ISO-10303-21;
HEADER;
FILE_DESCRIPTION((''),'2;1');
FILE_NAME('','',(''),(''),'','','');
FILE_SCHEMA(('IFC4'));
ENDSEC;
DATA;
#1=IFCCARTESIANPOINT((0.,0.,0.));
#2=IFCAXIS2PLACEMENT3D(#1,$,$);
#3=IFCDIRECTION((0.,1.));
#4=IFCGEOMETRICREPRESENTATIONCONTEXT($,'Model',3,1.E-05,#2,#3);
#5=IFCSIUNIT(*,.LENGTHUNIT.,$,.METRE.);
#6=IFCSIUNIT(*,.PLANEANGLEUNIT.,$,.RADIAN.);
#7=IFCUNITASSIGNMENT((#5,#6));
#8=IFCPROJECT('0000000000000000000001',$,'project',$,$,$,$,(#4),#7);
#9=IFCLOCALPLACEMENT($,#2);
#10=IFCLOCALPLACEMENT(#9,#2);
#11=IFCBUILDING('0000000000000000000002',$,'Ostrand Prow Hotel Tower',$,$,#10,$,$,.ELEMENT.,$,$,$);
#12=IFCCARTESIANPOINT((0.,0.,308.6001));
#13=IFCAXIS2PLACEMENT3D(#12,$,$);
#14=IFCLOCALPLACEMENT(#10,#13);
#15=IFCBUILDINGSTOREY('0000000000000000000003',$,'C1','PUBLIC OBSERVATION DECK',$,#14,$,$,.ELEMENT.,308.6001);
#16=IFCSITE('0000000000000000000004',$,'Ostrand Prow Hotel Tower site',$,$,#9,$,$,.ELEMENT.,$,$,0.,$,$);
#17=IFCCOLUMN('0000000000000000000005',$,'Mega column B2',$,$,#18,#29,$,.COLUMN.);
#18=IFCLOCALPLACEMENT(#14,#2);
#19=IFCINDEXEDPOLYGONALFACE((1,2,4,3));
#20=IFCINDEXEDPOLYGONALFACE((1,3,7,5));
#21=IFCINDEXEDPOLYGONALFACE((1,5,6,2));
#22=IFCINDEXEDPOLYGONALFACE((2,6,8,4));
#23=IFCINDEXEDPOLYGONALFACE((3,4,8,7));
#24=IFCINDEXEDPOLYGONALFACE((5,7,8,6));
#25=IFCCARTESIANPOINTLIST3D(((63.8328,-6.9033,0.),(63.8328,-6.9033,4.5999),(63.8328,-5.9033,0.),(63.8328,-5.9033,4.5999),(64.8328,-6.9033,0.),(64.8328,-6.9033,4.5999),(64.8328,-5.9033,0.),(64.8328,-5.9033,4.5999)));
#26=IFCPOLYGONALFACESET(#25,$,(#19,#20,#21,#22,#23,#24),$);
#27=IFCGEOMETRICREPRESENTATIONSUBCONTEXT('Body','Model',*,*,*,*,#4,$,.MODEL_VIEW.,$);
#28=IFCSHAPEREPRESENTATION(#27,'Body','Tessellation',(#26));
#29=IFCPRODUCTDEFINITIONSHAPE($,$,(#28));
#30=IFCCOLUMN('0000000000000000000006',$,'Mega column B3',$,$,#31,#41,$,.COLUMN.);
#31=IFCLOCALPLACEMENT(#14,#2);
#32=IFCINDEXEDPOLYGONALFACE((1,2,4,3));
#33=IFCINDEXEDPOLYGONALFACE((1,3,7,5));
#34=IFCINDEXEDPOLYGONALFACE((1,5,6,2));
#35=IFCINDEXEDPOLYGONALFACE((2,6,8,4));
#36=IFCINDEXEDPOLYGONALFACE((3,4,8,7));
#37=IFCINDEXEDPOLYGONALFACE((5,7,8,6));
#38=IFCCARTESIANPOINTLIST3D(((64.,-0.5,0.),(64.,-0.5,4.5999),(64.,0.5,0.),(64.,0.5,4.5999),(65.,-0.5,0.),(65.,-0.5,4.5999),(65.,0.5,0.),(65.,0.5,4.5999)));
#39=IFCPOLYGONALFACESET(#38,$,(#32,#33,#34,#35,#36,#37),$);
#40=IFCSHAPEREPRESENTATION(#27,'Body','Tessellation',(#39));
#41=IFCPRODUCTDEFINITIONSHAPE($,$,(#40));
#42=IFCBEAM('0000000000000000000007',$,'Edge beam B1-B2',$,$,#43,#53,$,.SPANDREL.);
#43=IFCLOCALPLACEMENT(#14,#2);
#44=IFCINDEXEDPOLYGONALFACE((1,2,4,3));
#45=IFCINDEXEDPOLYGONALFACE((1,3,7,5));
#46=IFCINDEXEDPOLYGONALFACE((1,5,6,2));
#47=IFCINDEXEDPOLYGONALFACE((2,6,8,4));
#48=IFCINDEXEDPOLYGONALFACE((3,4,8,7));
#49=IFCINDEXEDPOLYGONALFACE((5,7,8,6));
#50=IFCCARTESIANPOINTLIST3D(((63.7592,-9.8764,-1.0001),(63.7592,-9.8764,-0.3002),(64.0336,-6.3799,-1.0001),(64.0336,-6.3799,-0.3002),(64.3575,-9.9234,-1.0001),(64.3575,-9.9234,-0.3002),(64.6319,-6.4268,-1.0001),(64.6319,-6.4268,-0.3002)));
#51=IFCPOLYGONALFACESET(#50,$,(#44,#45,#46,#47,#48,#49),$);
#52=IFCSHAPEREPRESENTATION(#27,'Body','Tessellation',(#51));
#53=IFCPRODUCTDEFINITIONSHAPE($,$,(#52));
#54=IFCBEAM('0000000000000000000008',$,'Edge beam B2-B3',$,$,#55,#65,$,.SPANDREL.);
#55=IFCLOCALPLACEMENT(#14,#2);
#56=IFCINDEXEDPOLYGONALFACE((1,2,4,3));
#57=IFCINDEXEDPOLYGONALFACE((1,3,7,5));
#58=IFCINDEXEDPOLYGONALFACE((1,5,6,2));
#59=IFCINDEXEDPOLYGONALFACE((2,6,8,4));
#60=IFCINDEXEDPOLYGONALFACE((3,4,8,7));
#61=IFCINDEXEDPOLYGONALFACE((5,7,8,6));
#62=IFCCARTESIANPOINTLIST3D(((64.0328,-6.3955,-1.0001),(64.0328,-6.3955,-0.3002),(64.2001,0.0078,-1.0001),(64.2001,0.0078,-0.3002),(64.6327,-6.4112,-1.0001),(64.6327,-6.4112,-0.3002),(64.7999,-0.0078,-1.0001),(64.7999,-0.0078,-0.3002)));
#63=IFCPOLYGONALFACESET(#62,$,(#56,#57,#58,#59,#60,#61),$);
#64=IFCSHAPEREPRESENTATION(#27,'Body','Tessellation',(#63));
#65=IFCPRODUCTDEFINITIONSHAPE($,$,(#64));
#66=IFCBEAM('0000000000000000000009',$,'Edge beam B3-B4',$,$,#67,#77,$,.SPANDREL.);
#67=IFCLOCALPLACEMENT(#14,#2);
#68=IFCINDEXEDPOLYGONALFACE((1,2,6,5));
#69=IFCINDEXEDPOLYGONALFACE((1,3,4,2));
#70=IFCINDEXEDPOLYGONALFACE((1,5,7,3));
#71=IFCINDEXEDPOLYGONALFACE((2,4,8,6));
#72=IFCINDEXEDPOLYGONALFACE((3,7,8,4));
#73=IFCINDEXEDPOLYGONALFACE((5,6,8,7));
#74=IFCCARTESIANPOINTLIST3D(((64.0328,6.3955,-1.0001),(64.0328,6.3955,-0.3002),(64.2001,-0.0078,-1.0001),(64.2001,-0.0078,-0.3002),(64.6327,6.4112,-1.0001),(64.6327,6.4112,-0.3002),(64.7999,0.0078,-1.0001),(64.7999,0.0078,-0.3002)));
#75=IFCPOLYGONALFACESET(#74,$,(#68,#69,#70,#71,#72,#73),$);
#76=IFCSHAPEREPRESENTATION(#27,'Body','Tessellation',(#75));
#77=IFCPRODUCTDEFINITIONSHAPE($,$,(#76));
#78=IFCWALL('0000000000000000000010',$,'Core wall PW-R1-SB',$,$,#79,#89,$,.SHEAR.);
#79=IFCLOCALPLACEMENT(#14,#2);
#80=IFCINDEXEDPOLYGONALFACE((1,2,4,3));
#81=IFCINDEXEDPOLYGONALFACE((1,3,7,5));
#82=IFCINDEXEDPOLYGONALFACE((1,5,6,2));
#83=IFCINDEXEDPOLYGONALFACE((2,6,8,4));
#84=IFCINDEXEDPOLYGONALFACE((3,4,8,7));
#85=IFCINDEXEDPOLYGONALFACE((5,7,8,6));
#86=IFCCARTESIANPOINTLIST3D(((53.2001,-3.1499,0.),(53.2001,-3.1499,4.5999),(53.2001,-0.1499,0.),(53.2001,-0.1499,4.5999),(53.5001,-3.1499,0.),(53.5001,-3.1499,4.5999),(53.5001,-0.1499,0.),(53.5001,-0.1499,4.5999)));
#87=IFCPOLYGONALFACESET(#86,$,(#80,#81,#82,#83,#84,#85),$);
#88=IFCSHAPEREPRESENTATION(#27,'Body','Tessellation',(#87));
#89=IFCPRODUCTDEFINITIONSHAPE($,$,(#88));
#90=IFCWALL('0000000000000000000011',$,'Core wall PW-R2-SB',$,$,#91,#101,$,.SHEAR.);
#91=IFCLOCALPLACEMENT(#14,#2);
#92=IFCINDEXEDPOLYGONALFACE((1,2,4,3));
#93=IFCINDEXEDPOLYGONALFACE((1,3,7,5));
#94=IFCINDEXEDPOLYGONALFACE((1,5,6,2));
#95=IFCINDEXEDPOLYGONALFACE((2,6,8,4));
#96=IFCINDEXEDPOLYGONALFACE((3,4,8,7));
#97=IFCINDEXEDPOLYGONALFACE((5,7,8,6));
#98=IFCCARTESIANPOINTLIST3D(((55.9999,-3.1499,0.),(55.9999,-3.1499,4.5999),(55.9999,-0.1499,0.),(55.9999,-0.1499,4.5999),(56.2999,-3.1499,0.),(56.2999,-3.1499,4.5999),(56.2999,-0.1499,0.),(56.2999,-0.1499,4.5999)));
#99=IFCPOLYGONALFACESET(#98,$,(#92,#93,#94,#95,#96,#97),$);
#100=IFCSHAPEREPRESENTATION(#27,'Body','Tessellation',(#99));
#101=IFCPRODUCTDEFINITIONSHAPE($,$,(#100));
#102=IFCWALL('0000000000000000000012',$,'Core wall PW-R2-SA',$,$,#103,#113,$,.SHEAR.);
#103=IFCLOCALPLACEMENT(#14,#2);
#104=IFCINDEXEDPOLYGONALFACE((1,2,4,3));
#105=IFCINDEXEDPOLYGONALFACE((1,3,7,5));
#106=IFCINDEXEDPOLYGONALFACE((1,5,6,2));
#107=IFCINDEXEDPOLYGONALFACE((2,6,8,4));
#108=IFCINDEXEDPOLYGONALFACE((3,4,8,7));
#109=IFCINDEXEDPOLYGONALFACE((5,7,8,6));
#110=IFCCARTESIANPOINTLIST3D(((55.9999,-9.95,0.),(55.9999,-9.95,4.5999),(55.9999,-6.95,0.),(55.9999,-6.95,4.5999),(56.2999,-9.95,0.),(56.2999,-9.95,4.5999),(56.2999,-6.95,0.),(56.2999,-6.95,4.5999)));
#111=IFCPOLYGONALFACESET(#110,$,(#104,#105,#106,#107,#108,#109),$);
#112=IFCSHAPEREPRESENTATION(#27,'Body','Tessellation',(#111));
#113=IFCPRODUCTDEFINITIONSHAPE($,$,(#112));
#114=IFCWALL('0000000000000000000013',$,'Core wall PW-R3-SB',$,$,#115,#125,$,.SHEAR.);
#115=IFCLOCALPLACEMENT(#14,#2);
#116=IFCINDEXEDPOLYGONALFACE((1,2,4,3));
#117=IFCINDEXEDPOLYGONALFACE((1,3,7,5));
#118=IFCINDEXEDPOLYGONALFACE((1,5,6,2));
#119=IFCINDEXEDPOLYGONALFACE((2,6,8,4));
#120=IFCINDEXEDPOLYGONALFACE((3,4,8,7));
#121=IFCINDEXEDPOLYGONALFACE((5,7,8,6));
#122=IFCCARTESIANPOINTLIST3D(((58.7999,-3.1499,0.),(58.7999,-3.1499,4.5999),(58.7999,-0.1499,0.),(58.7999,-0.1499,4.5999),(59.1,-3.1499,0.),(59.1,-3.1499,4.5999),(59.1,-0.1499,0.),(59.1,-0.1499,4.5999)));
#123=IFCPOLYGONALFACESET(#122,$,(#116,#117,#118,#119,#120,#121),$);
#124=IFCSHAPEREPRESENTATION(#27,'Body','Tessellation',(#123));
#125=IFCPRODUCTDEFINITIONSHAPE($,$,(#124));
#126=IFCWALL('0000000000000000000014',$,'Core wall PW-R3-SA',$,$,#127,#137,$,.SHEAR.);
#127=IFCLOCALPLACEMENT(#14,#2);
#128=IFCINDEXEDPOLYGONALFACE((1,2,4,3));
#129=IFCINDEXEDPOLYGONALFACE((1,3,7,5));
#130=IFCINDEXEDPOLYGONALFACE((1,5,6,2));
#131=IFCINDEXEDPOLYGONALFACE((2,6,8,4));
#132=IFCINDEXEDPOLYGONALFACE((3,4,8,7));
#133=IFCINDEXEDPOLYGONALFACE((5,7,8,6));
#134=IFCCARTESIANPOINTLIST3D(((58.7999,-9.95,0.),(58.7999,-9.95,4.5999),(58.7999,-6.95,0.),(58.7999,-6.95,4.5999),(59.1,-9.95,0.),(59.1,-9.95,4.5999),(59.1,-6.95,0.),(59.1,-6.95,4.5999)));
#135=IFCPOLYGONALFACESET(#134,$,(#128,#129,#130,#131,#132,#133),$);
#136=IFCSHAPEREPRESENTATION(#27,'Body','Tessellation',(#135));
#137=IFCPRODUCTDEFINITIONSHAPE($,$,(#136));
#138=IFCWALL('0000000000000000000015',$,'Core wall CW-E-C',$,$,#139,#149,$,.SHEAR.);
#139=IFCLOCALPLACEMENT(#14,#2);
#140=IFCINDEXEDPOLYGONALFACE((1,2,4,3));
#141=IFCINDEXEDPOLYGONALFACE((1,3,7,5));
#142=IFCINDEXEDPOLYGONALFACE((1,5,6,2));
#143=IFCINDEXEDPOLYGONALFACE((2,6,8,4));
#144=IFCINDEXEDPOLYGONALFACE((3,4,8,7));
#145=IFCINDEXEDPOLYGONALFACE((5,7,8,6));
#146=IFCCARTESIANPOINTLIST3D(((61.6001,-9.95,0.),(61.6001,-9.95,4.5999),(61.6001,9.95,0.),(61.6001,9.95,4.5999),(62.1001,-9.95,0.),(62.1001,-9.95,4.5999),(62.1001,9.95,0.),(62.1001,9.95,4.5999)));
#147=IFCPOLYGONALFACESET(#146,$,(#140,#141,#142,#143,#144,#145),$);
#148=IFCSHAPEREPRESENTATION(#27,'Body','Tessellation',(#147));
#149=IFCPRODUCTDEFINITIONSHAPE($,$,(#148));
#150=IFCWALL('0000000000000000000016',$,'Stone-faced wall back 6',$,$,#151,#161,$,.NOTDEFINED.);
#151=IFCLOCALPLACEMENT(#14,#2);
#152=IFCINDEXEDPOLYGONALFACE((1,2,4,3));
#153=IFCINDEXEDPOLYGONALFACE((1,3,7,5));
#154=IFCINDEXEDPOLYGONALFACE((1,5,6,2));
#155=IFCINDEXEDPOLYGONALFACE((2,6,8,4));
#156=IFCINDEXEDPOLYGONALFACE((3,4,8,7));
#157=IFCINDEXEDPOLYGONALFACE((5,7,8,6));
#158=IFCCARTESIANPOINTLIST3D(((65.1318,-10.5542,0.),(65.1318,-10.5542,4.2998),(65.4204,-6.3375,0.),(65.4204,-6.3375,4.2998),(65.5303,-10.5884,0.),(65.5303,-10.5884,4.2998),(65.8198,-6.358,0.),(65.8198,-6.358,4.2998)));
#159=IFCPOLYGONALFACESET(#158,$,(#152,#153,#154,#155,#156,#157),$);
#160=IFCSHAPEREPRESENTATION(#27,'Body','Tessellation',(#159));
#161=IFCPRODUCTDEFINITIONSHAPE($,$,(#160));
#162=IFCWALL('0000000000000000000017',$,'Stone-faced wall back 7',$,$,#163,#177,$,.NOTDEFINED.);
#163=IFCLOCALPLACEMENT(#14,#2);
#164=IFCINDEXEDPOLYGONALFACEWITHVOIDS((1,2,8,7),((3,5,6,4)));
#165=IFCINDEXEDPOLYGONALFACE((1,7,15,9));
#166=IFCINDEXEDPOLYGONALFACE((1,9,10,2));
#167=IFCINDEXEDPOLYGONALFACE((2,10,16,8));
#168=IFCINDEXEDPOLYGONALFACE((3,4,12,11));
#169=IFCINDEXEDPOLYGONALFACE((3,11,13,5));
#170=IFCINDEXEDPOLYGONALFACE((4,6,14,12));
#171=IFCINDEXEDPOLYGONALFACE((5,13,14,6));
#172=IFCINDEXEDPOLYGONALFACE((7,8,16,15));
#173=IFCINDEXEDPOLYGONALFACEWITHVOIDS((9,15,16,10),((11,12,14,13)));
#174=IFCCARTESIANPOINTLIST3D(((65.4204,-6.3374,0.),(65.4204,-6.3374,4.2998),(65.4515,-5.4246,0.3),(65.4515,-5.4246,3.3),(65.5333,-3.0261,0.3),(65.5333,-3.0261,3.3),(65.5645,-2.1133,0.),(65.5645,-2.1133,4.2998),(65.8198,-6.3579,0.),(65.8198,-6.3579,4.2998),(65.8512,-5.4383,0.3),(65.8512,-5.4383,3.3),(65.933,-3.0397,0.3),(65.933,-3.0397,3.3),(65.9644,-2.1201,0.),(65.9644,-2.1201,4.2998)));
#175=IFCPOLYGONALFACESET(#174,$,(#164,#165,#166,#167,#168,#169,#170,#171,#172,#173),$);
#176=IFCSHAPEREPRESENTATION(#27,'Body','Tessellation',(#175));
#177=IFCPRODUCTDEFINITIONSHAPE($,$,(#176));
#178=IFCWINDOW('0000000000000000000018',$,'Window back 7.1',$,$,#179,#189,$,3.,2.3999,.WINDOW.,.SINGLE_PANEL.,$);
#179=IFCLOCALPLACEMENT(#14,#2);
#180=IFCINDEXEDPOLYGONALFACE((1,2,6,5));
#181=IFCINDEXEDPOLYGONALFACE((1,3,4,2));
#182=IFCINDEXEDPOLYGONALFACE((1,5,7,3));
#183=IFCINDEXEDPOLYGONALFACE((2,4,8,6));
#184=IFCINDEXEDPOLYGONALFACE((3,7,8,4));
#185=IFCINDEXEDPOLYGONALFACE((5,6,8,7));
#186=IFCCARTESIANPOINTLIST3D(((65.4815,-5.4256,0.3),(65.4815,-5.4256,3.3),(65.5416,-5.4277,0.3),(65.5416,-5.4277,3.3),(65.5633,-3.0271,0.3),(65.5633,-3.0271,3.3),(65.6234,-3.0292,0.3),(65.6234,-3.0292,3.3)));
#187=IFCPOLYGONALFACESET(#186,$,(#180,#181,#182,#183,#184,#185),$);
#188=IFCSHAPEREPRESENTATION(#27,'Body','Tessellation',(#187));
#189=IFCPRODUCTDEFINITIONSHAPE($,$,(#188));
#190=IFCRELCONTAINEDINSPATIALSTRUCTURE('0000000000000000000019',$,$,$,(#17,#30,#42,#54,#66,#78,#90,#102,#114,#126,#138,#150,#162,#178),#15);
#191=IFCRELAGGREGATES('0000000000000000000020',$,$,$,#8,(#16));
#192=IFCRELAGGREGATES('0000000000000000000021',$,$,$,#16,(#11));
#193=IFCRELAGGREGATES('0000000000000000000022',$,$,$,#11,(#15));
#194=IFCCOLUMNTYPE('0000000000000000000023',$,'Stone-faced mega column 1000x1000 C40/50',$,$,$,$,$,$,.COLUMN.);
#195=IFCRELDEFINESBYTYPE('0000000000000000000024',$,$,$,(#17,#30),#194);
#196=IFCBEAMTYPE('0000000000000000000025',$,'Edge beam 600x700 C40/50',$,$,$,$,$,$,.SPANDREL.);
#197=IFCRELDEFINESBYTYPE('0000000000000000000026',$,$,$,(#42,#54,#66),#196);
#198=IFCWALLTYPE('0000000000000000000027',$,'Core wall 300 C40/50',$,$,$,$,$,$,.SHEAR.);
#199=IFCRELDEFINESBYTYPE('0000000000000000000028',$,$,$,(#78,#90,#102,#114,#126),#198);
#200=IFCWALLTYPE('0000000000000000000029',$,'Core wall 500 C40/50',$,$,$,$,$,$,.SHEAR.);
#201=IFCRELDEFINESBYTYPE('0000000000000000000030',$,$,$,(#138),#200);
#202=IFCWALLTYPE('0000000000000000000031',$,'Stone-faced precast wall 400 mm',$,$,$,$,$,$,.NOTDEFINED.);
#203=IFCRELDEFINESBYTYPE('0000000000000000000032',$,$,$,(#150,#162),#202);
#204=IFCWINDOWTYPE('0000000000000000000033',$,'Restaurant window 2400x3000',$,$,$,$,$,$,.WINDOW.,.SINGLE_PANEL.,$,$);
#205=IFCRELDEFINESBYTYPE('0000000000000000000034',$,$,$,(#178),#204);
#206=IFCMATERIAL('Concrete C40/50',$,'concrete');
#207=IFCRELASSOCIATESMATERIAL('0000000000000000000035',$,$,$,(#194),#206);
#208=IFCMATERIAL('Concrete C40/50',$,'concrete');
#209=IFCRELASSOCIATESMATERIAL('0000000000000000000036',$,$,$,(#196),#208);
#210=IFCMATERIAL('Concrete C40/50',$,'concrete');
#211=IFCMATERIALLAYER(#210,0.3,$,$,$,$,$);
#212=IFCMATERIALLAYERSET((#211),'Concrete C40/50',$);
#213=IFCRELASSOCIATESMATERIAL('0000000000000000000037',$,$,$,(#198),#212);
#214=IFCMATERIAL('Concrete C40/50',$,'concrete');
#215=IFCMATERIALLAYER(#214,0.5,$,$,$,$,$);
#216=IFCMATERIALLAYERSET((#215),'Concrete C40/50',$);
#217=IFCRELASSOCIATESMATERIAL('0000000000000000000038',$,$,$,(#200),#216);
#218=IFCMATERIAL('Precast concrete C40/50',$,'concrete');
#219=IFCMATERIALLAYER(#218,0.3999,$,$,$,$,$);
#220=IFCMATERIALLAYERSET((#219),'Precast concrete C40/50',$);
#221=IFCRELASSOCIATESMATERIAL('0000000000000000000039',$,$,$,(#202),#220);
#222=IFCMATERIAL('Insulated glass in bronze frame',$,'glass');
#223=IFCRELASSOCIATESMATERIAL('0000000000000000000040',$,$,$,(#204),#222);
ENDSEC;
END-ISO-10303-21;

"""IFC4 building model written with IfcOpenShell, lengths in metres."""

from ifc_helpers import new_model, si_unit, direction, frame, frame_2d, origin, origin_2d, place, context, subcontext, project, spatial, polyline, rectangle, outline, extrude, material, layer, layer_set, material_profile, profile_set, type_object, element, fill, save


model = new_model("IFC4")

# Units and contexts
model_context = context("Model", 3, precision=1e-05, world=origin(), true_north=direction((0.0, 1.0)))
body_context = subcontext(model_context, "Body", "Model", "MODEL_VIEW")
ifc_project = project(units=[si_unit("LENGTHUNIT", "METRE"), si_unit("PLANEANGLEUNIT", "RADIAN")], contexts=[model_context])

# Site, building, storey
site_placement = place(None, origin())
site = spatial("IfcSite", under=ifc_project, at=site_placement, Name="Ostrand Prow Hotel Tower site", CompositionType="ELEMENT", RefElevation=0.0)
building_placement = place(site_placement, origin())
building = spatial("IfcBuilding", under=site, at=building_placement, Name="Ostrand Prow Hotel Tower", CompositionType="ELEMENT")
storey_placement = place(building_placement, frame((0.0, 0.0, 308.6001)))
storey = spatial("IfcBuildingStorey", under=building, at=storey_placement, Name="C1", Description="PUBLIC OBSERVATION DECK", CompositionType="ELEMENT", Elevation=308.6001)

# Columns
ifc_material_1 = material(Name="Concrete C40/50", Category="concrete")
ifc_material_profile_1 = material_profile(ifc_material_1, rectangle(XDim=1.0, YDim=1.0, at=origin_2d()), Name="RC 1000x1000")
ifc_profile_set_1 = profile_set([ifc_material_profile_1], Name="Concrete C40/50")
column_type = type_object("IfcColumnType", Name="Stone-faced mega column 1000x1000 C40/50", PredefinedType="COLUMN", material=ifc_profile_set_1)
for number, where, z_axis, x_axis, name in (
    (1, (64.3328, -6.4033, 0.0), (0.0, 0.0, 1.0), (1.0, 0.0, 0.0), "Mega column B2"),
    (2, (64.5, 0.0, 0.0), (0.0, 0.0, 1.0), (1.0, 0.0, 0.0), "Mega column B3"),
):
    element("IfcColumn", number, at=place(storey_placement, frame(where, z_axis=z_axis, x_axis=x_axis)), inside=storey, type_object=column_type, Name=name, PredefinedType="COLUMN", context=body_context, shape_type="SweptSolid", body=[
        extrude(rectangle(XDim=1.0, YDim=1.0, at=origin_2d()), origin(), (0.0, 0.0, 1.0), 4.5999),
    ])

# Beams
ifc_material_2 = material(Name="Concrete C40/50", Category="concrete")
ifc_material_profile_2 = material_profile(ifc_material_2, rectangle(XDim=0.6001, YDim=0.7, at=origin_2d()), Name="RC 600x700")
ifc_profile_set_2 = profile_set([ifc_material_profile_2], Name="Concrete C40/50")
beam_type = type_object("IfcBeamType", Name="Edge beam 600x700 C40/50", PredefinedType="SPANDREL", material=ifc_profile_set_2)
beam_placement = place(storey_placement, frame((64.0583, -9.8999, -0.6501), z_axis=(0.07824, 0.996935, 0.0), x_axis=(-0.996935, 0.07824, 0.0)))
element("IfcBeam", 3, at=beam_placement, inside=storey, type_object=beam_type, Name="Edge beam B1-B2", PredefinedType="SPANDREL", context=body_context, shape_type="SweptSolid", body=[
    extrude(rectangle(XDim=0.6001, YDim=0.7, at=origin_2d()), origin(), (0.0, 0.0, 1.0), 3.5073),
])
for number, where, z_axis, x_axis, name in (
    (4, (64.3328, -6.4033, -0.6501), (0.026108, 0.999659, 0.0), (-0.999659, 0.026108, 0.0), "Edge beam B2-B3"),
    (5, (64.5, 0.0, -0.6501), (-0.026108, 0.999659, 0.0), (-0.999659, -0.026108, 0.0), "Edge beam B3-B4"),
):
    element("IfcBeam", number, at=place(storey_placement, frame(where, z_axis=z_axis, x_axis=x_axis)), inside=storey, type_object=beam_type, Name=name, PredefinedType="SPANDREL", context=body_context, shape_type="SweptSolid", body=[
        extrude(rectangle(XDim=0.6001, YDim=0.7, at=origin_2d()), origin(), (0.0, 0.0, 1.0), 6.4055),
    ])

# Walls
ifc_material_3 = material(Name="Concrete C40/50", Category="concrete")
ifc_layer_1 = layer(ifc_material_3, 0.3)
ifc_layer_set_1 = layer_set([ifc_layer_1], Name="Concrete C40/50")
wall_type_1 = type_object("IfcWallType", Name="Core wall 300 C40/50", PredefinedType="SHEAR", material=ifc_layer_set_1)
for number, where, z_axis, x_axis, name in (
    (6, (53.3501, -3.1499, 0.0), (0.0, 0.0, 1.0), (0.0, 1.0, 0.0), "Core wall PW-R1-SB"),
    (7, (56.1499, -3.1499, 0.0), (0.0, 0.0, 1.0), (0.0, 1.0, 0.0), "Core wall PW-R2-SB"),
    (8, (56.1499, -9.95, 0.0), (0.0, 0.0, 1.0), (0.0, 1.0, 0.0), "Core wall PW-R2-SA"),
    (9, (58.95, -3.1499, 0.0), (0.0, 0.0, 1.0), (0.0, 1.0, 0.0), "Core wall PW-R3-SB"),
    (10, (58.95, -9.95, 0.0), (0.0, 0.0, 1.0), (0.0, 1.0, 0.0), "Core wall PW-R3-SA"),
):
    element("IfcWall", number, at=place(storey_placement, frame(where, z_axis=z_axis, x_axis=x_axis)), inside=storey, type_object=wall_type_1, Name=name, PredefinedType="SHEAR", context=body_context, shape_type="SweptSolid", body=[
        extrude(rectangle(XDim=3.0, YDim=0.3, at=frame_2d((1.5, 0.0))), origin(), (0.0, 0.0, 1.0), 4.5999),
    ])
ifc_material_4 = material(Name="Concrete C40/50", Category="concrete")
ifc_layer_2 = layer(ifc_material_4, 0.5)
ifc_layer_set_2 = layer_set([ifc_layer_2], Name="Concrete C40/50")
wall_type_2 = type_object("IfcWallType", Name="Core wall 500 C40/50", PredefinedType="SHEAR", material=ifc_layer_set_2)
wall_1_placement = place(storey_placement, frame((61.8501, -9.95, 0.0), z_axis=(0.0, 0.0, 1.0), x_axis=(0.0, 1.0, 0.0)))
element("IfcWall", 11, at=wall_1_placement, inside=storey, type_object=wall_type_2, Name="Core wall CW-E-C", PredefinedType="SHEAR", context=body_context, shape_type="SweptSolid", body=[
    extrude(rectangle(XDim=19.8999, YDim=0.5, at=frame_2d((9.95, 0.0))), origin(), (0.0, 0.0, 1.0), 4.5999),
])
ifc_material_5 = material(Name="Precast concrete C40/50", Category="concrete")
ifc_layer_3 = layer(ifc_material_5, 0.3999)
ifc_layer_set_3 = layer_set([ifc_layer_3], Name="Precast concrete C40/50")
wall_type_3 = type_object("IfcWallType", Name="Stone-faced precast wall 400 mm", PredefinedType="NOTDEFINED", material=ifc_layer_set_3)
wall_2_placement = place(storey_placement, frame((65.3311, -10.5713, 0.0), z_axis=(0.0, 0.0, 1.0), x_axis=(0.06828, 0.997666, 0.0)))
element("IfcWall", 12, at=wall_2_placement, inside=storey, type_object=wall_type_3, Name="Stone-faced wall back 6", PredefinedType="NOTDEFINED", context=body_context, shape_type="SweptSolid", body=[
    extrude(outline(polyline([(-0.0034, -0.2), (4.2368, -0.2), (4.23, 0.2), (0.0034, 0.2), (-0.0034, -0.2)])), origin(), (0.0, 0.0, 1.0), 4.2998),
])

# Wall, opening, window
wall_3_placement = place(storey_placement, frame((65.6201, -6.3477, 0.0), z_axis=(0.0, 0.0, 1.0), x_axis=(0.034083, 0.999419, 0.0)))
wall_3 = element("IfcWall", 13, at=wall_3_placement, inside=storey, type_object=wall_type_3, Name="Stone-faced wall back 7", PredefinedType="NOTDEFINED", context=body_context, shape_type="SweptSolid", body=[
    extrude(outline(polyline([(-0.0034, -0.2), (4.2368, -0.2), (4.23, 0.2), (0.0034, 0.2), (-0.0034, -0.2)])), origin(), (0.0, 0.0, 1.0), 4.2998),
])
opening_placement = place(wall_3_placement, frame((0.9167, 0.0, 0.3)))
opening = element("IfcOpeningElement", 14, at=opening_placement, cuts=wall_3, PredefinedType="OPENING", context=body_context, shape_type="SweptSolid", body=[
    extrude(rectangle(XDim=2.3999, YDim=3.0, at=frame_2d((1.2, 1.5))), frame((0.0, 0.21, 0.0), z_axis=(0.0, -1.0, 0.0), x_axis=(1.0, 0.0, 0.0)), (0.0, 0.0, 1.0), 0.4199),
])
ifc_material_6 = material(Name="Insulated glass in bronze frame", Category="glass")
window_type = type_object("IfcWindowType", Name="Restaurant window 2400x3000", PartitioningType="SINGLE_PANEL", PredefinedType="WINDOW", material=ifc_material_6)
window_placement = place(opening_placement, origin())
window = element("IfcWindow", 15, at=window_placement, inside=storey, type_object=window_type, Name="Window back 7.1", OverallHeight=3.0, OverallWidth=2.3999, PartitioningType="SINGLE_PANEL", PredefinedType="WINDOW", context=body_context, shape_type="SweptSolid", body=[
    extrude(rectangle(XDim=2.3999, YDim=3.0, at=frame_2d((1.2, 1.5))), frame((0.0, 0.1699, 0.0), z_axis=(0.0, -1.0, 0.0), x_axis=(1.0, 0.0, 0.0)), (0.0, 0.0, 1.0), 0.0601),
])
fill(opening, window)

save(model, "model.ifc")
